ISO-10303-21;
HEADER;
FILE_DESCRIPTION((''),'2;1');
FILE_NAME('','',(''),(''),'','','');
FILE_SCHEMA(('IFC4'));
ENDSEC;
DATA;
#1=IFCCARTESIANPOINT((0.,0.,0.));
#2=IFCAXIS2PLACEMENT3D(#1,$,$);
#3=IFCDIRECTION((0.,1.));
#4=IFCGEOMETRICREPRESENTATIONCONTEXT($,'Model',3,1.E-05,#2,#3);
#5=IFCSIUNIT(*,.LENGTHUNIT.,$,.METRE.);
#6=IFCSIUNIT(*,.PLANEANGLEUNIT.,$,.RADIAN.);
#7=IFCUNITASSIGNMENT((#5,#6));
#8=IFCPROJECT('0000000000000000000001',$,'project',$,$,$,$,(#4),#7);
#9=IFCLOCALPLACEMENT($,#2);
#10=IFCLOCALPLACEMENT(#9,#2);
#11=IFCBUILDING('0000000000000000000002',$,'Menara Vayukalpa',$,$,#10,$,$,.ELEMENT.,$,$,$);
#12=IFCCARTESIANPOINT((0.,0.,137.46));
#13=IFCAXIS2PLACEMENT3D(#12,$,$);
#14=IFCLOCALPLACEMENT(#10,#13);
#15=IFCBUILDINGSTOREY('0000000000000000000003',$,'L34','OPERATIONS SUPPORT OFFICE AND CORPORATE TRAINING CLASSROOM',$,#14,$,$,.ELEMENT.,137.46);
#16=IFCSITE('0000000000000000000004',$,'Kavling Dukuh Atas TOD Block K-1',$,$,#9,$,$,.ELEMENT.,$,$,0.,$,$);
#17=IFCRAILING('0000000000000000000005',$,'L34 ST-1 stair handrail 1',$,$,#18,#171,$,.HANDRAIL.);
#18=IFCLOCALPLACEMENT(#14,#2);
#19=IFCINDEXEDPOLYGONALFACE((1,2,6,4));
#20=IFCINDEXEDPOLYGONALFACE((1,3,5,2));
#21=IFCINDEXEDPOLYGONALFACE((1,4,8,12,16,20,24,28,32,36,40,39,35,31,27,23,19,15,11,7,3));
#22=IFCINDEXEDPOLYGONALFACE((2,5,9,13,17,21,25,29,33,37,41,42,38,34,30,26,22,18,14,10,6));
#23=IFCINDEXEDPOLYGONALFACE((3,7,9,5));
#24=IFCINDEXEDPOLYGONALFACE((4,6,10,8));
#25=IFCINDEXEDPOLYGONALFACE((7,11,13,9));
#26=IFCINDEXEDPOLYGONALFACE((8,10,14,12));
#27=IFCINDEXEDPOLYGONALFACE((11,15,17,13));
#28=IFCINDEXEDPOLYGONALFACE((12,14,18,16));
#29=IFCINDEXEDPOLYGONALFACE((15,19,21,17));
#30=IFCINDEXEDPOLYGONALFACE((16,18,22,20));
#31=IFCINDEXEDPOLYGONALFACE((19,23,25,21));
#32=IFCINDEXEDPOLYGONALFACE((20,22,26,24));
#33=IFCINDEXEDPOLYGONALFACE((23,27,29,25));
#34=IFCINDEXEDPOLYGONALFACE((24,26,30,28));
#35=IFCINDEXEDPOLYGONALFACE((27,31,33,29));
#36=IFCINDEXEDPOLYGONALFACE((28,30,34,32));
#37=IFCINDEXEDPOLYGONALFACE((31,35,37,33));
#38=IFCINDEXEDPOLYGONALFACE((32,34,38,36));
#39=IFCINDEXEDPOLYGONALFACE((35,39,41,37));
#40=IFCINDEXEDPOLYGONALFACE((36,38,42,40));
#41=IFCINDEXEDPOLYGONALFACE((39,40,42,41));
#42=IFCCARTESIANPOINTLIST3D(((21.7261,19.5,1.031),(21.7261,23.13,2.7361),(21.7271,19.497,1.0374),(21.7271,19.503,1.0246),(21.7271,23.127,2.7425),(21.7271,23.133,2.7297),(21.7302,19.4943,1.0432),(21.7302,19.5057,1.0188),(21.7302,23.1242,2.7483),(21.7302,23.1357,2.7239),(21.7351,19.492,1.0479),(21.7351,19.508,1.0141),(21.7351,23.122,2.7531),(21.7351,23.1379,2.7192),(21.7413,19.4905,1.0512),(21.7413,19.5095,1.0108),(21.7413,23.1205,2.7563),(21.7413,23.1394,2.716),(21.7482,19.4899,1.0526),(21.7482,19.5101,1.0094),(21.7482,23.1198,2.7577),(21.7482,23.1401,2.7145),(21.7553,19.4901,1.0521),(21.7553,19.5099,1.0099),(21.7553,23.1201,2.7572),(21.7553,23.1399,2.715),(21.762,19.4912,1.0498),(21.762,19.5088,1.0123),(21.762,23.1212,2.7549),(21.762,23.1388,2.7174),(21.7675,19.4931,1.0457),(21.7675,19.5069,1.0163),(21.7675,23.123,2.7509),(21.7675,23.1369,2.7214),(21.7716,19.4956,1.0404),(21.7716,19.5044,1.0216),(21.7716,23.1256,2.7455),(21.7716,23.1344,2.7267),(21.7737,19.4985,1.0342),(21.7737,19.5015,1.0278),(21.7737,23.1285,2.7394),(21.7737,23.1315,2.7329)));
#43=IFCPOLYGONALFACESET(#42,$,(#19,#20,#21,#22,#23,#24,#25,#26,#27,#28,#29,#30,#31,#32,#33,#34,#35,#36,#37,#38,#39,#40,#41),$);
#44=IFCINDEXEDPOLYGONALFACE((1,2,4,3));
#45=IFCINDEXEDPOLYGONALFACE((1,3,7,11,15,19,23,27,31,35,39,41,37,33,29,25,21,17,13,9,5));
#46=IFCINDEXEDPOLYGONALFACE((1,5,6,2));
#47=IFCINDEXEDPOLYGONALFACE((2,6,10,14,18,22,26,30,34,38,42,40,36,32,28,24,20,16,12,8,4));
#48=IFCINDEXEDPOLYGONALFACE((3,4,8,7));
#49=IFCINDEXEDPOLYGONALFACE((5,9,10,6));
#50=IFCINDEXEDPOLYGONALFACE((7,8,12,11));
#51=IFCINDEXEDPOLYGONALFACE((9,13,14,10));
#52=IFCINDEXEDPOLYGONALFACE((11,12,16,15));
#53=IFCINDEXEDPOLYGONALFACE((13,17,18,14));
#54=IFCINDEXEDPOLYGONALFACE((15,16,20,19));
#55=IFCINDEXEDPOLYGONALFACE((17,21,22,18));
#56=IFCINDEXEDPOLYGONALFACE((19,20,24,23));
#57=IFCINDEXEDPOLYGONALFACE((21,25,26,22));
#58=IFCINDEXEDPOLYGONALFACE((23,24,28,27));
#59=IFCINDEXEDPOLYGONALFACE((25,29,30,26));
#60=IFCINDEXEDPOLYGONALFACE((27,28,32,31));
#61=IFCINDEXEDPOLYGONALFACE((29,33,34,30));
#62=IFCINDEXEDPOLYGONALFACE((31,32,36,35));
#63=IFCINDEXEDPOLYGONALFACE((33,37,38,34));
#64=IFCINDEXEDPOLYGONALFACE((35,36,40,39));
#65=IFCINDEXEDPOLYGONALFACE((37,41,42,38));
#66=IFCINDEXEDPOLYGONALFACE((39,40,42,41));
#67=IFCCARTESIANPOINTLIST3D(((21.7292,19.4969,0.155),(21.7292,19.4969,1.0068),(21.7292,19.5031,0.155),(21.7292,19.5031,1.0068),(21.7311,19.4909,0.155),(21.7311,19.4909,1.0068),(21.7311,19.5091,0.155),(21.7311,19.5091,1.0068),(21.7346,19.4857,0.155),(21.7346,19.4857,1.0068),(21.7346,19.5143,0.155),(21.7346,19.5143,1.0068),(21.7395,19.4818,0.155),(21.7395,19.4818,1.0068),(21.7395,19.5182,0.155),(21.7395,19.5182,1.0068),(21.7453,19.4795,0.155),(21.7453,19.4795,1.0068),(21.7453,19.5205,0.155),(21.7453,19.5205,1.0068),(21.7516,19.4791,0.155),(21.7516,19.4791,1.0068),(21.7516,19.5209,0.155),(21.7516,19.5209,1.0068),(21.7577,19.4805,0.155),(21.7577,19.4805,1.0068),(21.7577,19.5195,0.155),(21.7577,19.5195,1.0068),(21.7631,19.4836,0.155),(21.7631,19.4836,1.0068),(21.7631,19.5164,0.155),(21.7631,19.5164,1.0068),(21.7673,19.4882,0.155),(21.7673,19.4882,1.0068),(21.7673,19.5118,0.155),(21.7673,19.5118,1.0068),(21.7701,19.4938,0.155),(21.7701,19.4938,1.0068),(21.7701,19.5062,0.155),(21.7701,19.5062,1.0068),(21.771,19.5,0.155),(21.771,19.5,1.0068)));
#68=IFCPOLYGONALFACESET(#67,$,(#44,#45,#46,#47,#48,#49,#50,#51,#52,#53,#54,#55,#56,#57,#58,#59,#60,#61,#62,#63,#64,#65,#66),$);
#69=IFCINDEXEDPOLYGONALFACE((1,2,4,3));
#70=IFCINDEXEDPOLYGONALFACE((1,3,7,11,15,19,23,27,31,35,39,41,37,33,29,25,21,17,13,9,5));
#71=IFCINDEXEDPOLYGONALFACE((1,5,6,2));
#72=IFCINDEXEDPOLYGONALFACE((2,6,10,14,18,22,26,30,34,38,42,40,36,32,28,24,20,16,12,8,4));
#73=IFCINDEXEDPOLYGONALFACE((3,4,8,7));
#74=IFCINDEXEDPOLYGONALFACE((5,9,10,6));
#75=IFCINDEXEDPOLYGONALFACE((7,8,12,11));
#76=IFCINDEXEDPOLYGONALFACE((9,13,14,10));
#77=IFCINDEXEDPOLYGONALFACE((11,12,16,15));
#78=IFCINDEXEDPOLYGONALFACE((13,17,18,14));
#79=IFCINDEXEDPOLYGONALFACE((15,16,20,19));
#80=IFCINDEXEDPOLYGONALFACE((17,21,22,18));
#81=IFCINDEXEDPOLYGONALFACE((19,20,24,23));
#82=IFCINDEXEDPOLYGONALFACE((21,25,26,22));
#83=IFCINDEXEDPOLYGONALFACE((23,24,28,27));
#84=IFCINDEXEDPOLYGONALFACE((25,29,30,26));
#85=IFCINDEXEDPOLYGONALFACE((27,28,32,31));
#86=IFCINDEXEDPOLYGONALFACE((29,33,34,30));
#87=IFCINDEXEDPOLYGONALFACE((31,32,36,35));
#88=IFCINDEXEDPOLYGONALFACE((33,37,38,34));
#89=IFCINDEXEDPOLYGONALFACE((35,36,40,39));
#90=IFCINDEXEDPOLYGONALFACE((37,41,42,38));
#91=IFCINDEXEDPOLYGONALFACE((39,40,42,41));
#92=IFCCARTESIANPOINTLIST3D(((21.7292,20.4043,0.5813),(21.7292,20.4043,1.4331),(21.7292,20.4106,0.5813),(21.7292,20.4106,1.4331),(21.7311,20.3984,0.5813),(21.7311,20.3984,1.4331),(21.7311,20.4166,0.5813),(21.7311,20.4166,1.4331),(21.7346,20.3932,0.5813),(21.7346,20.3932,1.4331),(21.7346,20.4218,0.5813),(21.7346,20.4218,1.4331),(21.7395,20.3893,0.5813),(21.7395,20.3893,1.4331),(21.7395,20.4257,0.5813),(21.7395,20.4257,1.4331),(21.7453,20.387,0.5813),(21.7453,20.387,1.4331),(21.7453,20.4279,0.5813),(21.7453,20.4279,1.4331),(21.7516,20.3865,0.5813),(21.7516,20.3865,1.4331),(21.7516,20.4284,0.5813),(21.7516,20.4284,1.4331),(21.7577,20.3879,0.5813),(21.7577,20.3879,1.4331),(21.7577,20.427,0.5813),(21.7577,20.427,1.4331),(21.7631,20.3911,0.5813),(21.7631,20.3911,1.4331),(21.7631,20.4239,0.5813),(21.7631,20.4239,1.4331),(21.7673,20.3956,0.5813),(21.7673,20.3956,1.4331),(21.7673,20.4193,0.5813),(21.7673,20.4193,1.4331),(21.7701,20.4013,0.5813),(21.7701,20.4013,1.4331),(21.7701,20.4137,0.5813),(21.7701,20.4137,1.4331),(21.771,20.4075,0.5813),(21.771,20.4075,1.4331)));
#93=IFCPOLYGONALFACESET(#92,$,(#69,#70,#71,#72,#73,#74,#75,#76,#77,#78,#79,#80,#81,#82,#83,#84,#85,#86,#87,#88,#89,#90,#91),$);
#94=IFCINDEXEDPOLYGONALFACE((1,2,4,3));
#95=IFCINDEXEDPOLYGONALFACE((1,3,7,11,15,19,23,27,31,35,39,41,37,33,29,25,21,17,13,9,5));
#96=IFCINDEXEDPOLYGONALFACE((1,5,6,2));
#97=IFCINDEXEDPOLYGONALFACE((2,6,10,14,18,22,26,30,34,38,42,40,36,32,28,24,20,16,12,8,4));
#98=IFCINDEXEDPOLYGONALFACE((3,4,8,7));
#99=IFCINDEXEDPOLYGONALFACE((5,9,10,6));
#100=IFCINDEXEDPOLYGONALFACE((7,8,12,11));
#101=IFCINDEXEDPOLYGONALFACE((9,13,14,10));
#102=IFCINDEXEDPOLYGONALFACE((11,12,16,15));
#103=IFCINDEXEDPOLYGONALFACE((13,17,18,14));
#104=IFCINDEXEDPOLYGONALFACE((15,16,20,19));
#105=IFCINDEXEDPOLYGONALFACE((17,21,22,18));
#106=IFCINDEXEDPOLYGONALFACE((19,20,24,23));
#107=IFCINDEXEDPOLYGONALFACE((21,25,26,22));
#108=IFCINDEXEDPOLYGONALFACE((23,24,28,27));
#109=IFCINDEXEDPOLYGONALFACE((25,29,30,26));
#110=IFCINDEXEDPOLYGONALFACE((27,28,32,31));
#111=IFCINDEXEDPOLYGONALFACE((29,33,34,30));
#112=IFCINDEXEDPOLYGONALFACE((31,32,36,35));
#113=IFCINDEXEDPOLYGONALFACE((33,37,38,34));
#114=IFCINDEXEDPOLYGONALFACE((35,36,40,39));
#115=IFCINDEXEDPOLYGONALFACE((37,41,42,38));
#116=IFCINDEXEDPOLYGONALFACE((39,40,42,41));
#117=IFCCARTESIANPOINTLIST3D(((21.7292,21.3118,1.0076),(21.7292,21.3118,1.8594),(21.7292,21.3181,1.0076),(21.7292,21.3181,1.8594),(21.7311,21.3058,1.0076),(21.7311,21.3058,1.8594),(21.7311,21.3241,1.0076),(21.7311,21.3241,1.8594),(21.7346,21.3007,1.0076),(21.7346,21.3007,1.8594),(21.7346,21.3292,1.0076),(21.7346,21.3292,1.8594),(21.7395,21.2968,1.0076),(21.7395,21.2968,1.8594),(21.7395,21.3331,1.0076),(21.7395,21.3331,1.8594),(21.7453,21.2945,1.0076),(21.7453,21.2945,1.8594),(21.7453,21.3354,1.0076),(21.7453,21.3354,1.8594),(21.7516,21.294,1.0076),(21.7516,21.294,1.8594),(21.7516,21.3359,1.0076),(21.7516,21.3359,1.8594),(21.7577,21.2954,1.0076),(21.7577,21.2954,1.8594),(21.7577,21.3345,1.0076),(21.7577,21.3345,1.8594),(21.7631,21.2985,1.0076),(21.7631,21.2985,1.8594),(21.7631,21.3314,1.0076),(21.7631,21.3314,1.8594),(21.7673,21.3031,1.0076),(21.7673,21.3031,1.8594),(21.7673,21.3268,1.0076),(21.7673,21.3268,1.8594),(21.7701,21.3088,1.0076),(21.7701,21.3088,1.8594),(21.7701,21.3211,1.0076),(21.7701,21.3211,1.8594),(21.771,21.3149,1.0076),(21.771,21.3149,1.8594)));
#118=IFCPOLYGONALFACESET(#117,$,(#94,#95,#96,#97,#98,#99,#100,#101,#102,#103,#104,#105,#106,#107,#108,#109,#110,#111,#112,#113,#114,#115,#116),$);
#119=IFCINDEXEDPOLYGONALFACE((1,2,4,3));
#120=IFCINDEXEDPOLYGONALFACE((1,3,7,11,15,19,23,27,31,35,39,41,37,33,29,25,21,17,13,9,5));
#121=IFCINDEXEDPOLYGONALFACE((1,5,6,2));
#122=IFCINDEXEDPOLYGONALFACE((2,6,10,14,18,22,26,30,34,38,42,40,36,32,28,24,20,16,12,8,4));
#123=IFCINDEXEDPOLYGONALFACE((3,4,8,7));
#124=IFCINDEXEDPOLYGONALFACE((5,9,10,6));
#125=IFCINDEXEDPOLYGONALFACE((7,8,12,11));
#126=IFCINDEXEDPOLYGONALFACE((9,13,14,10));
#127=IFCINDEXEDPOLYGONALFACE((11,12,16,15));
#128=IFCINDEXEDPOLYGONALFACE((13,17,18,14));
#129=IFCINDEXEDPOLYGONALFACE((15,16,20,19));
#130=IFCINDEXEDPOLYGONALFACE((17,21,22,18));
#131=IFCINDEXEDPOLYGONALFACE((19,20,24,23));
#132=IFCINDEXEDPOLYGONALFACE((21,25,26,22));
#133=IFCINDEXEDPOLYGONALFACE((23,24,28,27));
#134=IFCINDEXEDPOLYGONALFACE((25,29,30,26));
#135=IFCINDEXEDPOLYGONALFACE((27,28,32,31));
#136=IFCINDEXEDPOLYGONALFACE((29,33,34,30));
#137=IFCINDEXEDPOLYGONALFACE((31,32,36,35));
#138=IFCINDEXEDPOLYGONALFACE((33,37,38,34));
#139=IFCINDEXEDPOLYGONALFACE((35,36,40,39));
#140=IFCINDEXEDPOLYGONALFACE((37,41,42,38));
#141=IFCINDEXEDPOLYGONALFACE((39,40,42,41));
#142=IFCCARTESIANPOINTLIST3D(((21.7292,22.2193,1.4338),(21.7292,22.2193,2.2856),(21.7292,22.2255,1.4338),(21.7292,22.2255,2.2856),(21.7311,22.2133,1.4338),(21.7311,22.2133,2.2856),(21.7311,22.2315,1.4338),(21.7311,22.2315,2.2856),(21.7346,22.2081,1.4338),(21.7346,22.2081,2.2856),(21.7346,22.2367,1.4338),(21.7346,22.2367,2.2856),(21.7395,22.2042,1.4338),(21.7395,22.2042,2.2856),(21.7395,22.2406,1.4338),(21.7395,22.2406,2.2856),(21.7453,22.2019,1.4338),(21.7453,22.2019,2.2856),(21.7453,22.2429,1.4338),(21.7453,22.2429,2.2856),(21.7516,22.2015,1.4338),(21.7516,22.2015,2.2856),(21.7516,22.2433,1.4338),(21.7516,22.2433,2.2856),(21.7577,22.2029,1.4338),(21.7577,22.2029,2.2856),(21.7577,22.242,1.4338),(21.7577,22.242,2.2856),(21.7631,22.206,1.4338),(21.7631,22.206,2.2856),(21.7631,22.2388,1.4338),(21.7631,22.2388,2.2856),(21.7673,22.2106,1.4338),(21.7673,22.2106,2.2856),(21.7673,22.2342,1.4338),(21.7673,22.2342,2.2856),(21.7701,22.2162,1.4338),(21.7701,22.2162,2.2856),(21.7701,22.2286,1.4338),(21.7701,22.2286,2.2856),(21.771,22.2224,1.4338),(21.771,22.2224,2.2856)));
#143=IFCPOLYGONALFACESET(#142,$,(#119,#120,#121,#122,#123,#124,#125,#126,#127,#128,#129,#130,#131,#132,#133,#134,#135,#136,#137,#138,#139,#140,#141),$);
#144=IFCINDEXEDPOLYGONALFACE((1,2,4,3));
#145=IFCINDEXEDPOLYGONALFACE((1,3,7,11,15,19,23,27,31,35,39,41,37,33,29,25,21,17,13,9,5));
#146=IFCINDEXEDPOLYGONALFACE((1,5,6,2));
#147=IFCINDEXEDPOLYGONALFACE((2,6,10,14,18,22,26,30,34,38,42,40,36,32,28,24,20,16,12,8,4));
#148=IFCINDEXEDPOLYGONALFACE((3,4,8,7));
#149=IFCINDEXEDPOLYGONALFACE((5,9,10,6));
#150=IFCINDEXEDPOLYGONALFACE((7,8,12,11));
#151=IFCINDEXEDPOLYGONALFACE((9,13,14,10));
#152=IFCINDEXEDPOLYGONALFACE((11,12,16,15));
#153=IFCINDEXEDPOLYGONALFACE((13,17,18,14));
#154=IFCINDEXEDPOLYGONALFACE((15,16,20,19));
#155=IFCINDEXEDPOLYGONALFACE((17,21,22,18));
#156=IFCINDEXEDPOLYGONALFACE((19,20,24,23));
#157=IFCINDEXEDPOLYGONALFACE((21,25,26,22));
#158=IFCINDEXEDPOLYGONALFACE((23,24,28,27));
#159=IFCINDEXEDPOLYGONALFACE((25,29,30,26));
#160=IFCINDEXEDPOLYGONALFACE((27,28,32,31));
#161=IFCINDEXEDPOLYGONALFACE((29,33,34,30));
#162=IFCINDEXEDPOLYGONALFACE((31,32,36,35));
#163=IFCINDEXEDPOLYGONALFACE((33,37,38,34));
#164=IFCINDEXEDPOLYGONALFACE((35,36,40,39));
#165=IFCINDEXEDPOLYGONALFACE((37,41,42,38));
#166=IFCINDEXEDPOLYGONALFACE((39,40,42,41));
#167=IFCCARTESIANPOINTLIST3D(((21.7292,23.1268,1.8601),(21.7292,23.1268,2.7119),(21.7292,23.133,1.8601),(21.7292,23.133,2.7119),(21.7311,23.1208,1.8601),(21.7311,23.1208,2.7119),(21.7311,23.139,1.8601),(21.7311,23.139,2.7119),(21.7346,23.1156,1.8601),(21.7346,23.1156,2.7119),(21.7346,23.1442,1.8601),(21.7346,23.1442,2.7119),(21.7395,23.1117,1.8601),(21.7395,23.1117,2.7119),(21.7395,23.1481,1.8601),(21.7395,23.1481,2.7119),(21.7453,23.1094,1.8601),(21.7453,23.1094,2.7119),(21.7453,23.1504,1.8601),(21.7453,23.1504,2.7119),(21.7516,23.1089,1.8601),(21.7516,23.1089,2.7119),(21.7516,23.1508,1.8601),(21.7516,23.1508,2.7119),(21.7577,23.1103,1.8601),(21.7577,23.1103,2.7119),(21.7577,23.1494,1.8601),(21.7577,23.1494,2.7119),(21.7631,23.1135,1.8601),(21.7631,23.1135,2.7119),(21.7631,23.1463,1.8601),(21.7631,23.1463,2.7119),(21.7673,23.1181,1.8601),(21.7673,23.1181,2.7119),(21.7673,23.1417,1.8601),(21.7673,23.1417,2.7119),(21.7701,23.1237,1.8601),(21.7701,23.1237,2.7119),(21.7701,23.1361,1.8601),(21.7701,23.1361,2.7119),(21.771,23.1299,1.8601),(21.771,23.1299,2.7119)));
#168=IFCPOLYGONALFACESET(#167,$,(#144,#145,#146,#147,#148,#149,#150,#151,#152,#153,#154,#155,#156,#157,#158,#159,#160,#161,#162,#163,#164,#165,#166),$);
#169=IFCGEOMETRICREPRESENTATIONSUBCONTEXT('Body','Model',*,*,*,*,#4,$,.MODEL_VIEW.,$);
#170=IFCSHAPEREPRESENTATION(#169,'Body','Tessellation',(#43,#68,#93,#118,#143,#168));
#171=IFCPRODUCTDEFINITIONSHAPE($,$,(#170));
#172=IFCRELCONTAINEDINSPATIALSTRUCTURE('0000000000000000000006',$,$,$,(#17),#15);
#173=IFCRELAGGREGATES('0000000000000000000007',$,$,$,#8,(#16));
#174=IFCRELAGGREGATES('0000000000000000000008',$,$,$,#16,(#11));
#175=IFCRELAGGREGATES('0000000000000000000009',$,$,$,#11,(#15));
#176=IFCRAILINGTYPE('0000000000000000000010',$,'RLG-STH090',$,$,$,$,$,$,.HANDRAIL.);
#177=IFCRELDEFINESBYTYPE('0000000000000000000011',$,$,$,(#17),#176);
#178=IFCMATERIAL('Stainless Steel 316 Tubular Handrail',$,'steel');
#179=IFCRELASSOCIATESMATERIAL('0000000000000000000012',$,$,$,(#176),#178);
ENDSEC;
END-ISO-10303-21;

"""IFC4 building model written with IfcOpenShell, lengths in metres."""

from ifc_helpers import new_model, si_unit, direction, frame, origin, origin_2d, place, context, subcontext, project, spatial, circle, extrude, material, type_object, element, save


model = new_model("IFC4")

# Units and contexts
model_context = context("Model", 3, precision=1e-05, world=origin(), true_north=direction((0.0, 1.0)))
body_context = subcontext(model_context, "Body", "Model", "MODEL_VIEW")
ifc_project = project(units=[si_unit("LENGTHUNIT", "METRE"), si_unit("PLANEANGLEUNIT", "RADIAN")], contexts=[model_context])

# Site, building, storey
site_placement = place(None, origin())
site = spatial("IfcSite", under=ifc_project, at=site_placement, Name="Kavling Dukuh Atas TOD Block K-1", CompositionType="ELEMENT", RefElevation=0.0)
building_placement = place(site_placement, origin())
building = spatial("IfcBuilding", under=site, at=building_placement, Name="Menara Vayukalpa", CompositionType="ELEMENT")
storey_placement = place(building_placement, frame((0.0, 0.0, 137.46)))
storey = spatial("IfcBuildingStorey", under=building, at=storey_placement, Name="L34", Description="OPERATIONS SUPPORT OFFICE AND CORPORATE TRAINING CLASSROOM", CompositionType="ELEMENT", Elevation=137.46)

# Railing
ifc_material_1 = material(Name="Stainless Steel 316 Tubular Handrail", Category="steel")
railing_type_1 = type_object("IfcRailingType", Name="RLG-STH090", PredefinedType="HANDRAIL", material=ifc_material_1)
railing_1_placement = place(storey_placement, frame((21.75, 19.5, 0.155)))
element("IfcRailing", 1, at=railing_1_placement, inside=storey, type_object=railing_type_1, Name="L34 ST-1 stair handrail 1", PredefinedType="HANDRAIL", context=body_context, shape_type="SweptSolid", body=[
    extrude(circle(Radius=0.0239, at=origin_2d()), frame((0.0, 0.0, 0.876), z_axis=(0.0, 0.905116, 0.425164), x_axis=(-1.0, 0.0, 0.0)), (0.0, 0.0, 1.0), 4.0105),
    extrude(circle(Radius=0.021, at=origin_2d()), origin(), (0.0, 0.0, 1.0), 0.8518),
    extrude(circle(Radius=0.021, at=origin_2d()), frame((0.0, 0.9075, 0.4263)), (0.0, 0.0, 1.0), 0.8518),
    extrude(circle(Radius=0.021, at=origin_2d()), frame((0.0, 1.8149, 0.8525)), (0.0, 0.0, 1.0), 0.8518),
    extrude(circle(Radius=0.021, at=origin_2d()), frame((0.0, 2.7224, 1.2788)), (0.0, 0.0, 1.0), 0.8518),
    extrude(circle(Radius=0.021, at=origin_2d()), frame((0.0, 3.6299, 1.7051)), (0.0, 0.0, 1.0), 0.8518),
])

save(model, "model.ifc")
